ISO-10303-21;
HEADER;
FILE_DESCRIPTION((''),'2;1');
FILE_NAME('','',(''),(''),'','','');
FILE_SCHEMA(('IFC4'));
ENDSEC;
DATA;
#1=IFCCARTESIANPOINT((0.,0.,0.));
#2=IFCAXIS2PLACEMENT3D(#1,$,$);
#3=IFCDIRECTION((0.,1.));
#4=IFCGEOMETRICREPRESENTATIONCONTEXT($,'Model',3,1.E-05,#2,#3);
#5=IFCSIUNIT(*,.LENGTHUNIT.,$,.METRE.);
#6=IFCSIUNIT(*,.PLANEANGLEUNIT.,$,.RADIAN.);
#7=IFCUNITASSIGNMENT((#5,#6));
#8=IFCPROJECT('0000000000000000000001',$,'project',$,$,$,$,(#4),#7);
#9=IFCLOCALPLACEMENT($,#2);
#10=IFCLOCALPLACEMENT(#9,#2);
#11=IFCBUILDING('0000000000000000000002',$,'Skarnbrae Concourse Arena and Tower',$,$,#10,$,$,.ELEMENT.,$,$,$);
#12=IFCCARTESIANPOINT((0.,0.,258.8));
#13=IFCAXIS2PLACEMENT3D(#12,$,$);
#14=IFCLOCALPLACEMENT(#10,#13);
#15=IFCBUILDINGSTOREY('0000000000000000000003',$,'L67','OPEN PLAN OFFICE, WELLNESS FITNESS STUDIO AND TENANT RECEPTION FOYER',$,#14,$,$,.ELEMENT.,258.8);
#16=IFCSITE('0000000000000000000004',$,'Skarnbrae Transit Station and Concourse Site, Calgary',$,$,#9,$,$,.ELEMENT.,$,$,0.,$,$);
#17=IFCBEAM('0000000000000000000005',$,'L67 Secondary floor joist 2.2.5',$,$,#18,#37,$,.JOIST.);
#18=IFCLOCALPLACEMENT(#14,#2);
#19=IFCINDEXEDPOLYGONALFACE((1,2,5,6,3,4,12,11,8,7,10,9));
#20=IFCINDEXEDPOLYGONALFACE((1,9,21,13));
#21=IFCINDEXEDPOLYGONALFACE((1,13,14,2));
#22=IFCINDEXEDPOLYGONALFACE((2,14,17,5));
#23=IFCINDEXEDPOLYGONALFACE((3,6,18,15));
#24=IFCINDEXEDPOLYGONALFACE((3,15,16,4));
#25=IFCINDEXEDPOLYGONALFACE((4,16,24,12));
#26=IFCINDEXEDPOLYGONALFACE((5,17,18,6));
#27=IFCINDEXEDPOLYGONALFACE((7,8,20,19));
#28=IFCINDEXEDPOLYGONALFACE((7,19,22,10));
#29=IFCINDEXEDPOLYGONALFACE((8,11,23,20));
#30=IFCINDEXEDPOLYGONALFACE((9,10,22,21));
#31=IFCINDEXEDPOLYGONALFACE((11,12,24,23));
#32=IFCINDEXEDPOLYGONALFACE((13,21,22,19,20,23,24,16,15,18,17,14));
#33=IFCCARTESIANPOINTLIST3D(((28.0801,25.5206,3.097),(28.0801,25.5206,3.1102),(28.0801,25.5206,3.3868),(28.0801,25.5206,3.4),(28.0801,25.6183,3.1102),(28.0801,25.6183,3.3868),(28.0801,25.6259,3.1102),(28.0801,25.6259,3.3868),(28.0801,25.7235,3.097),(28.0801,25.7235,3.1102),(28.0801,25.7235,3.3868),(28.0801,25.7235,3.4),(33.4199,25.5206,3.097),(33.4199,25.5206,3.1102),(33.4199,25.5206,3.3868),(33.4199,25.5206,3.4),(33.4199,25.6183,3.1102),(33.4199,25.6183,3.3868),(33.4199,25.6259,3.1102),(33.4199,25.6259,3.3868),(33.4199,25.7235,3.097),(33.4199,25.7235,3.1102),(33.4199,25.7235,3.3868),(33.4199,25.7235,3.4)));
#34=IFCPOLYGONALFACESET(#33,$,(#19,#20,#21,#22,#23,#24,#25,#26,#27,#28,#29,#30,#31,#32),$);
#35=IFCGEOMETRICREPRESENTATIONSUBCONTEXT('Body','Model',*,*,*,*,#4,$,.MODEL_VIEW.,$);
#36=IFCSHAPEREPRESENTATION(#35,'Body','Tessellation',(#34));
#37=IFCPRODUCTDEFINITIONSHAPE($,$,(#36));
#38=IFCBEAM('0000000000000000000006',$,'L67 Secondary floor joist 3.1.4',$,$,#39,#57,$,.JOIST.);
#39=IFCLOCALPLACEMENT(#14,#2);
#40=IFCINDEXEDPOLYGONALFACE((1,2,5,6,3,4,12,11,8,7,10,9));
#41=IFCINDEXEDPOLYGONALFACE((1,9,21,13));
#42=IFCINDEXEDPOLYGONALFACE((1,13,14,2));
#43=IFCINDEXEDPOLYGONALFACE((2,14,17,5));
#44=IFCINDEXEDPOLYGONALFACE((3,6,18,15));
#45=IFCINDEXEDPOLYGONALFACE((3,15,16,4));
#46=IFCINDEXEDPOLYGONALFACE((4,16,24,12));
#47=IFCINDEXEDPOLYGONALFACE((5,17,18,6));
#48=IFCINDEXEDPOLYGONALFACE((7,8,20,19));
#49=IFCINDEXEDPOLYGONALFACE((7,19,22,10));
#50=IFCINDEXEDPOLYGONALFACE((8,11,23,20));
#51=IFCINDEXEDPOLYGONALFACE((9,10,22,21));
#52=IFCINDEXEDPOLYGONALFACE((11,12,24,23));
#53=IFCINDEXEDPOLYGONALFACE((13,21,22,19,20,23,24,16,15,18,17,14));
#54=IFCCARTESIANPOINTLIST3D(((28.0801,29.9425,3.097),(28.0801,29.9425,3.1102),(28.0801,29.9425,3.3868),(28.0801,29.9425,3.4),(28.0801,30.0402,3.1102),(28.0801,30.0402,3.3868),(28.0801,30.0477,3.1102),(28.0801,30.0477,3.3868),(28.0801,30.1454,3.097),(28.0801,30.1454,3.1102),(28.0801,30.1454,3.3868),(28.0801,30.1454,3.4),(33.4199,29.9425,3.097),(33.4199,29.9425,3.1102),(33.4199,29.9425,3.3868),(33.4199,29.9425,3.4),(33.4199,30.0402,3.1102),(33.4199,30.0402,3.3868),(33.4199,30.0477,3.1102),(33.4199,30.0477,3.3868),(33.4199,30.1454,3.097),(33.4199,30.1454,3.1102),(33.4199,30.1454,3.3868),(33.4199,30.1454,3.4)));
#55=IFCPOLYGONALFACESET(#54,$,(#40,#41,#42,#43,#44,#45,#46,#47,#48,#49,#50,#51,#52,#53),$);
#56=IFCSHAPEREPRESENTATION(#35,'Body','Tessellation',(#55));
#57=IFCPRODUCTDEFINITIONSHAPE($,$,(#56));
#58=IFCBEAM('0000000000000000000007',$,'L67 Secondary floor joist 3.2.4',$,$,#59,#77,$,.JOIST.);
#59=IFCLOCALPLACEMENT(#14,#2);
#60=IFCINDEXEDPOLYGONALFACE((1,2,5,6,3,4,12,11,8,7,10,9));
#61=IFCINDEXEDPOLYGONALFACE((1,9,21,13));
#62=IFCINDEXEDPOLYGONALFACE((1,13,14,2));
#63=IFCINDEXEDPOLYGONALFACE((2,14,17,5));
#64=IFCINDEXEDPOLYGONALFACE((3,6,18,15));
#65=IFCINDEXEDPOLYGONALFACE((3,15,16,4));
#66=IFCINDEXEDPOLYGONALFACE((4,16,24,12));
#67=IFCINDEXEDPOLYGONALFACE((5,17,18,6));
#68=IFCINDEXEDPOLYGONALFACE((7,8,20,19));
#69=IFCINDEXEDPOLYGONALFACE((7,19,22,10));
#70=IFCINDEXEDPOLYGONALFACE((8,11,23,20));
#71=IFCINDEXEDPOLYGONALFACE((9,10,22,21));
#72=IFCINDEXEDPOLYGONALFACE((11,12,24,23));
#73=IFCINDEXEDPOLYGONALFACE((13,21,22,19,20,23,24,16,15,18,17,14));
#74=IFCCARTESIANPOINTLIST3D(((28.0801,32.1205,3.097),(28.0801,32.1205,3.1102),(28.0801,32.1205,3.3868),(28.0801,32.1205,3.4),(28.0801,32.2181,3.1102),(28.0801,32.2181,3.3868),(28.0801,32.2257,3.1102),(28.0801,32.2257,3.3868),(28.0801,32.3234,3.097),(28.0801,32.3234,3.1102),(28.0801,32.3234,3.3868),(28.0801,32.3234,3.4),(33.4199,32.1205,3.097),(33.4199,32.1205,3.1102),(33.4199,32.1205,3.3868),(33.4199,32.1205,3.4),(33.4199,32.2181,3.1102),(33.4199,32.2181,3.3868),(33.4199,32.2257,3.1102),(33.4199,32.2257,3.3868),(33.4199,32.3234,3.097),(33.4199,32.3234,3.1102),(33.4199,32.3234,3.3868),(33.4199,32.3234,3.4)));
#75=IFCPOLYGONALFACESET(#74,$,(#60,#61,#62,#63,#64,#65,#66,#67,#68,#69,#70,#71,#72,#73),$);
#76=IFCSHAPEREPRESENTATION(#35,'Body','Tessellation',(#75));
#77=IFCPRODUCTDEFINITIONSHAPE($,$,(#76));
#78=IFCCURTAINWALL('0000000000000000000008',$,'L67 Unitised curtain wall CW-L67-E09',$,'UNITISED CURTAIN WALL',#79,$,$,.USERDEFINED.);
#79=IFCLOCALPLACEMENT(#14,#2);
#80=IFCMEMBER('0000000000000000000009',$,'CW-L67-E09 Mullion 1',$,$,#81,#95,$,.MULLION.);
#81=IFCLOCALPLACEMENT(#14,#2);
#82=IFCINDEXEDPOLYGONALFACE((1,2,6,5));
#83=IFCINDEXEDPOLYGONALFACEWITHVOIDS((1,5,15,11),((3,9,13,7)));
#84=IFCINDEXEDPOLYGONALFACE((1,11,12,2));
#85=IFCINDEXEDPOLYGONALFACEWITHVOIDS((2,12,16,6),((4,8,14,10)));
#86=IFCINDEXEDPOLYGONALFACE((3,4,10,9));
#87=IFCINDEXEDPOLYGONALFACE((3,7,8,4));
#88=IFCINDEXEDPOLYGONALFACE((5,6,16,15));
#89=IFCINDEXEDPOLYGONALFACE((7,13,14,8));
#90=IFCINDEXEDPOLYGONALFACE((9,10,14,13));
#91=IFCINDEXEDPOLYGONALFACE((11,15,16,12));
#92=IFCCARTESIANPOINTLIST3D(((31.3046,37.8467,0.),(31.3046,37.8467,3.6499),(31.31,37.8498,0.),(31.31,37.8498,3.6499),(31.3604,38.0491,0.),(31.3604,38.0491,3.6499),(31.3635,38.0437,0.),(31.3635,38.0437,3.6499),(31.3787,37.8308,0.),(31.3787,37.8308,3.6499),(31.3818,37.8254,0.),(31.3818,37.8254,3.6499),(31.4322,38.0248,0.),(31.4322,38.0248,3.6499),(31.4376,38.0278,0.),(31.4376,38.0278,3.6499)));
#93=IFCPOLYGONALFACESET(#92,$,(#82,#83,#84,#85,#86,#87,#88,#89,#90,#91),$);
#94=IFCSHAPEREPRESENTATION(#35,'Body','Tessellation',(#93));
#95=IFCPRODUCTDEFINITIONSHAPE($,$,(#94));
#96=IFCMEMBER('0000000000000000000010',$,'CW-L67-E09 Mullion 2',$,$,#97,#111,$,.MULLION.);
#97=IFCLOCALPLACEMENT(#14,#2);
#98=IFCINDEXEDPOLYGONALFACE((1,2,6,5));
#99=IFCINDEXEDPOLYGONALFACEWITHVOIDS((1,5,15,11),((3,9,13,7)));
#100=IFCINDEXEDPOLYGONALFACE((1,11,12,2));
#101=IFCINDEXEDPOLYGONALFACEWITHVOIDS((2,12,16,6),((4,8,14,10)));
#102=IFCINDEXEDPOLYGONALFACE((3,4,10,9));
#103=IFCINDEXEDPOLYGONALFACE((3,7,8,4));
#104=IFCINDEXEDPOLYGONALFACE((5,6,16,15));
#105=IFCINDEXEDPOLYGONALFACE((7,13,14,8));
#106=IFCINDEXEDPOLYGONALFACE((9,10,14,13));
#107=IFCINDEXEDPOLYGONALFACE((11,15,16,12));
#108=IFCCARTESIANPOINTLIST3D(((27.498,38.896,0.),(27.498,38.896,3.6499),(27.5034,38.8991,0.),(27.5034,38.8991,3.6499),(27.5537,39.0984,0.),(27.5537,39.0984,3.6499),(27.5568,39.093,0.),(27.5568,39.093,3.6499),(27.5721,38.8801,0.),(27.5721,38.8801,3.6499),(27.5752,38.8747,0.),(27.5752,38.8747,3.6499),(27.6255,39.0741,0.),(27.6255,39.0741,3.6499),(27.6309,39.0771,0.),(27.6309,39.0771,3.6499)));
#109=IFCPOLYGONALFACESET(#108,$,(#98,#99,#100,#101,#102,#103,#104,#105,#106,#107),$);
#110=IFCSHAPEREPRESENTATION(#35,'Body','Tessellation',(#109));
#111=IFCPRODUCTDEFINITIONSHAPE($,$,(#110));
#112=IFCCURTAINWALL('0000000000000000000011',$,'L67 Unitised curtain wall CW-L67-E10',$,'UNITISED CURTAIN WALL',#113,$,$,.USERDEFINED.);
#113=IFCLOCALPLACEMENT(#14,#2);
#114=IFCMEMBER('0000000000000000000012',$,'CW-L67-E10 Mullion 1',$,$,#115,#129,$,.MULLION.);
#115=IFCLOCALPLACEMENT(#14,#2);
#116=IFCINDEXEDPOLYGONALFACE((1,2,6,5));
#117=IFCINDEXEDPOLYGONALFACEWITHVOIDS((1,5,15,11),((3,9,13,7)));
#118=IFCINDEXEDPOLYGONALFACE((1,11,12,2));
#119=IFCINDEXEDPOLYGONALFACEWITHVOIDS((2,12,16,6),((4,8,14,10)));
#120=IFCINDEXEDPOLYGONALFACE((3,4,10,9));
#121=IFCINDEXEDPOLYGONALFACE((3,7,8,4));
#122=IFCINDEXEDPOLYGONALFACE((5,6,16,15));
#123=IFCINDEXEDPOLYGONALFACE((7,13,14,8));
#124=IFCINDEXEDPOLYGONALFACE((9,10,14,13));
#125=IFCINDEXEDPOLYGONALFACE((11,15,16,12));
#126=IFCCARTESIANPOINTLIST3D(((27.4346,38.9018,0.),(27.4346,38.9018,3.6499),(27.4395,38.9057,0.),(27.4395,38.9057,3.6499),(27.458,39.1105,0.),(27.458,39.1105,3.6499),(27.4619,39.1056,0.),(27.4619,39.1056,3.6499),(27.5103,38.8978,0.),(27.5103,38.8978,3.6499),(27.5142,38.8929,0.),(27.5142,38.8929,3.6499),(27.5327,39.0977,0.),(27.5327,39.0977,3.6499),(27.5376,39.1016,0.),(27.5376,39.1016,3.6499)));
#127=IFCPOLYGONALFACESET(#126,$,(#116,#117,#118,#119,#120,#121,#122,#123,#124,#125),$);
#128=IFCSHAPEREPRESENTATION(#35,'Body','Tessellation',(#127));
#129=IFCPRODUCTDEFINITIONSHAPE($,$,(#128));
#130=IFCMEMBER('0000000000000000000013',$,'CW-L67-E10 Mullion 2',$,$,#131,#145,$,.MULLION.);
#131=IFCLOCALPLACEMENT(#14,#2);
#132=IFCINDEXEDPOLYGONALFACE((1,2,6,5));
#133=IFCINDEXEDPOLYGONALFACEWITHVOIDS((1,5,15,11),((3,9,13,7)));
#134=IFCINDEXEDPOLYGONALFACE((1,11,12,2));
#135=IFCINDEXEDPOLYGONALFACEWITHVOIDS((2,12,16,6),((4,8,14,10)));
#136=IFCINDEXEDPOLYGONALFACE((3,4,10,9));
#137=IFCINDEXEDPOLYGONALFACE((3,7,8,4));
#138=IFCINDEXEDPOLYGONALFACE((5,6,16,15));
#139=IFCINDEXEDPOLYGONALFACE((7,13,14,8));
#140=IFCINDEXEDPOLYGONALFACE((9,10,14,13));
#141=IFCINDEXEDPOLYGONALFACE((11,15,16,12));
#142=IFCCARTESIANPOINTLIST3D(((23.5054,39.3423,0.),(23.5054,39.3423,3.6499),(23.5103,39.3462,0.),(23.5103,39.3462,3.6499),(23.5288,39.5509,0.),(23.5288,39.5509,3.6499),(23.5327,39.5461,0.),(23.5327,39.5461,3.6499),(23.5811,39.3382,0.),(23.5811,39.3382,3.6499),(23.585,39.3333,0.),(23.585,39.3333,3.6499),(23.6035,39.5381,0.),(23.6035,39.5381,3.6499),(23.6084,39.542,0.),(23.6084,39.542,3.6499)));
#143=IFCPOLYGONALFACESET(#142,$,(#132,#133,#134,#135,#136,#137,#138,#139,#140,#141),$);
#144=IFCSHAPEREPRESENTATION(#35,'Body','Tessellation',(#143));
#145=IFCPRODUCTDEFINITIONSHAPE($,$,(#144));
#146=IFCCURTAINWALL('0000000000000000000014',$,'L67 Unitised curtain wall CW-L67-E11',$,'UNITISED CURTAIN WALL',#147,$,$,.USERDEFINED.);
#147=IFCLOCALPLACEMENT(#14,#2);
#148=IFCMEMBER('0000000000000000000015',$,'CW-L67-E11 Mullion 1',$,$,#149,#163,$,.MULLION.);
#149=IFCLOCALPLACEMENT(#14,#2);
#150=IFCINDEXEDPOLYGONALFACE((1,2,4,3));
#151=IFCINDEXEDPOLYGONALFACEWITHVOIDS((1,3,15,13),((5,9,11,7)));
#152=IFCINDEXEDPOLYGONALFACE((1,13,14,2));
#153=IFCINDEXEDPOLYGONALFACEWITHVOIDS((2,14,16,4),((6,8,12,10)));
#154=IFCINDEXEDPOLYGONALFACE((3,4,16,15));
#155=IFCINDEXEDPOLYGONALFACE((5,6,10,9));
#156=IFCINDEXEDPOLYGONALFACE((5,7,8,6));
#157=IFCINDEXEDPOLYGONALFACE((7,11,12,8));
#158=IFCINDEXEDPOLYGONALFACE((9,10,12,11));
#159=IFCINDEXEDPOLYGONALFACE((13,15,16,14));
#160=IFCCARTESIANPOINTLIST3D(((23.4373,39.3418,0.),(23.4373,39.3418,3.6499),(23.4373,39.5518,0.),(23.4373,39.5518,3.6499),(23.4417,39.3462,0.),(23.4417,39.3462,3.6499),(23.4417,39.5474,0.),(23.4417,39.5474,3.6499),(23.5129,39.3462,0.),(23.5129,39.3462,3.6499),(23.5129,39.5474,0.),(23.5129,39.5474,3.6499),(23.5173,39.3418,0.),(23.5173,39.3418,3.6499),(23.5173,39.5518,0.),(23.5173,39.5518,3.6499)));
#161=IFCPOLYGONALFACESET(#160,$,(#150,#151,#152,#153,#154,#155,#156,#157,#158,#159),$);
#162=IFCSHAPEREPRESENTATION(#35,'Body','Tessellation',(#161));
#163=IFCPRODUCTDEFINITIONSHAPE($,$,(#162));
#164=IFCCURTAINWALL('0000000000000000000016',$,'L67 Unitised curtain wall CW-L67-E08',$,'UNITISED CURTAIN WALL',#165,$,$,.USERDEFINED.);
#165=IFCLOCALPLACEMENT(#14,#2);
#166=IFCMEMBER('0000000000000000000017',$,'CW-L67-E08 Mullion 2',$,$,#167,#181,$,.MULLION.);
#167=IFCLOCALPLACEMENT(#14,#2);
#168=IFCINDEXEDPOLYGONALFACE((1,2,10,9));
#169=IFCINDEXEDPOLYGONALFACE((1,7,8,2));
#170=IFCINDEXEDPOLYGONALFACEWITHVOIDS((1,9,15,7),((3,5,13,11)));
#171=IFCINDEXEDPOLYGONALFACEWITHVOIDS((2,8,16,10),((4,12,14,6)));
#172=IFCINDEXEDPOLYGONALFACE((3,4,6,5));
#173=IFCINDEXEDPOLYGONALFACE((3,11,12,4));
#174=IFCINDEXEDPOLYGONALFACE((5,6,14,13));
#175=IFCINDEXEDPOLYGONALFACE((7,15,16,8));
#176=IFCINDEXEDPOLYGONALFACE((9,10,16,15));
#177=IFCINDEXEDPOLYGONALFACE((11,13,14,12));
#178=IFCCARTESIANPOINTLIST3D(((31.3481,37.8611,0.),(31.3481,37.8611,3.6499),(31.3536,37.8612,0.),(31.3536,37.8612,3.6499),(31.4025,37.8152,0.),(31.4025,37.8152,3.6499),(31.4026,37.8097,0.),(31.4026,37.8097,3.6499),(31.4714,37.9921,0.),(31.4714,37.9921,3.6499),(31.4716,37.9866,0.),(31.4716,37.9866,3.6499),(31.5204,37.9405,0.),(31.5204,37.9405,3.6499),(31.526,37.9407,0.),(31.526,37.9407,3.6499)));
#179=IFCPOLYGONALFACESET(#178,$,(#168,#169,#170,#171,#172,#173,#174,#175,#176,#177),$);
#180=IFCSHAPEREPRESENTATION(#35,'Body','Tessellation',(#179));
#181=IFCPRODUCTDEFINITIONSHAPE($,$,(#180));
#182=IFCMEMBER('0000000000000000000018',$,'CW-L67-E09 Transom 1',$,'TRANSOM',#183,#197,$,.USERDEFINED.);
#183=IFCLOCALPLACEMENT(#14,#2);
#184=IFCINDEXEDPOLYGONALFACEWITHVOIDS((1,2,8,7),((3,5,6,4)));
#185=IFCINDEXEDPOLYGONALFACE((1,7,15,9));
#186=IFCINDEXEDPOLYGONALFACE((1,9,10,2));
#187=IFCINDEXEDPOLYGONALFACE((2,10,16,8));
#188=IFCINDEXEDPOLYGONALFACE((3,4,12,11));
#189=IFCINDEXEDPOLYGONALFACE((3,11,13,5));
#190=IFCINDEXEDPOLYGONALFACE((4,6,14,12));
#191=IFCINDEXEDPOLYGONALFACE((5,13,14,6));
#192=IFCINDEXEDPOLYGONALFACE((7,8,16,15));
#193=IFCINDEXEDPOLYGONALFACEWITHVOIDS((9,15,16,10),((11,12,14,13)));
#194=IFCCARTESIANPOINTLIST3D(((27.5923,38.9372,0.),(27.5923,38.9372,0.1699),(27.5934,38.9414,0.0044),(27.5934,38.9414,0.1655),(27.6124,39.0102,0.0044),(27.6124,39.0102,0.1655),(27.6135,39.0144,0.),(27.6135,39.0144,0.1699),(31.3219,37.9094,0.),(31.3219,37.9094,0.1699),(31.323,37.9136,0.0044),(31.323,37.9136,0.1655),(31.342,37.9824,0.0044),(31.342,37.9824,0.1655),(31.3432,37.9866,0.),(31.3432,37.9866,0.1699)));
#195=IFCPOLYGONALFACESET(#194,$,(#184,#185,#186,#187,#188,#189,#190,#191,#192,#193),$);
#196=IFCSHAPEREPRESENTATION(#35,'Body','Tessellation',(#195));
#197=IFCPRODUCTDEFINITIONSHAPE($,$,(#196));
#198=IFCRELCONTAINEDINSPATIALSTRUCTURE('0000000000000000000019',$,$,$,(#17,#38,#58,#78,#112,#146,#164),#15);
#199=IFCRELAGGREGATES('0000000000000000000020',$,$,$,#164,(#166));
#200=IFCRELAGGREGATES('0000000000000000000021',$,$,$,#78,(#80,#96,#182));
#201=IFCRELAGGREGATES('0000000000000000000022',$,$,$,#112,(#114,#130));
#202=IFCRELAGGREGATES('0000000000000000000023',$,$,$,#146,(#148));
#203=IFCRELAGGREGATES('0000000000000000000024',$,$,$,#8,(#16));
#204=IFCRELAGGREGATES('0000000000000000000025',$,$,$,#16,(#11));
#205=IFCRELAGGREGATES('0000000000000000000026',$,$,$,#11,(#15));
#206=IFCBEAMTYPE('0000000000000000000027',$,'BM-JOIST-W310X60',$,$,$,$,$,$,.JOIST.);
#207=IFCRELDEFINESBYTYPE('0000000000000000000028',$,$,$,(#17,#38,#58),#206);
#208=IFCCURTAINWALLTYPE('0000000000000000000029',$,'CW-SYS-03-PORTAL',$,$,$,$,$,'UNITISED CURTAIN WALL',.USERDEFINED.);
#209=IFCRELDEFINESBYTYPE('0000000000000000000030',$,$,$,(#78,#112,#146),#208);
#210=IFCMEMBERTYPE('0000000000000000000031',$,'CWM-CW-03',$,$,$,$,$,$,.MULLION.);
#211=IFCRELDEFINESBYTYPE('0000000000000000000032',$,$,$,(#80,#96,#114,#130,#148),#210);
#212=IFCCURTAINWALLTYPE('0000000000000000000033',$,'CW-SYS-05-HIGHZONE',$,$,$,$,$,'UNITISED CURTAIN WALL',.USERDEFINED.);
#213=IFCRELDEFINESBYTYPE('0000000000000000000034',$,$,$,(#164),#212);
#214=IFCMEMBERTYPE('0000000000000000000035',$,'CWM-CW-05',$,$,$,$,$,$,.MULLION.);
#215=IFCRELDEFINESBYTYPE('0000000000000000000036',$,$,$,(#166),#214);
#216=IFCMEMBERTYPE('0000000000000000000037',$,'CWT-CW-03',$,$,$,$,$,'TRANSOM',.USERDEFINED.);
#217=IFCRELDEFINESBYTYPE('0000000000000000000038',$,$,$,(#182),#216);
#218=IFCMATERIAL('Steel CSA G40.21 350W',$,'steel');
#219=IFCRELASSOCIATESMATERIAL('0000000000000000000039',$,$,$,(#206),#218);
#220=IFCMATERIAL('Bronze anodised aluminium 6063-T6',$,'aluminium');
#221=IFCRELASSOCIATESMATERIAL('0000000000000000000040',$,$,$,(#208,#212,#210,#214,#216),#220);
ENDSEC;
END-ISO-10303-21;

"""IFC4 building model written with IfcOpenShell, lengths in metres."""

from ifc_helpers import new_model, si_unit, direction, frame, origin, origin_2d, place, context, subcontext, project, spatial, hollow_rectangle, i_section, extrude, source, transform, mapped, material, material_profile, profile_set, type_object, element, aggregate, save


model = new_model("IFC4")

# Units and contexts
model_context = context("Model", 3, precision=1e-05, world=origin(), true_north=direction((0.0, 1.0)))
body_context = subcontext(model_context, "Body", "Model", "MODEL_VIEW")
ifc_project = project(units=[si_unit("LENGTHUNIT", "METRE"), si_unit("PLANEANGLEUNIT", "RADIAN")], contexts=[model_context])

# Site, building, storey
site_placement = place(None, origin())
site = spatial("IfcSite", under=ifc_project, at=site_placement, Name="Skarnbrae Transit Station and Concourse Site, Calgary", CompositionType="ELEMENT", RefElevation=0.0)
building_placement = place(site_placement, origin())
building = spatial("IfcBuilding", under=site, at=building_placement, Name="Skarnbrae Concourse Arena and Tower", CompositionType="ELEMENT")
storey_placement = place(building_placement, frame((0.0, 0.0, 258.8)))
storey = spatial("IfcBuildingStorey", under=building, at=storey_placement, Name="L67", Description="OPEN PLAN OFFICE, WELLNESS FITNESS STUDIO AND TENANT RECEPTION FOYER", CompositionType="ELEMENT", Elevation=258.8)

# Shared definitions
ifc_material_1 = material(Name="Steel CSA G40.21 350W", Category="steel")

# Beams
ifc_material_profile_1 = material_profile(ifc_material_1, i_section(OverallWidth=0.2029, OverallDepth=0.303, WebThickness=0.0076, FlangeThickness=0.0132, at=origin_2d()), Name="W310X60")
ifc_profile_set_1 = profile_set([ifc_material_profile_1], Name="Steel CSA G40.21 350W")
beam_type_1 = type_object("IfcBeamType", Name="BM-JOIST-W310X60", PredefinedType="JOIST", material=ifc_profile_set_1)
shared_shape_1 = source(origin(), body_context, "Body", "SweptSolid", [
    extrude(i_section(OverallWidth=0.2029, OverallDepth=0.303, WebThickness=0.0076, FlangeThickness=0.0132, at=origin_2d()), origin(), (0.0, 0.0, 1.0), 5.3398),
])
for number, where, z_axis, x_axis, name in (
    (1, (28.0801, 25.6221, 3.2485), (1.0, 0.0, 0.0), (0.0, 1.0, 0.0), "L67 Secondary floor joist 2.2.5"),
    (2, (28.0801, 30.0439, 3.2485), (1.0, 0.0, 0.0), (0.0, 1.0, 0.0), "L67 Secondary floor joist 3.1.4"),
    (3, (28.0801, 32.2219, 3.2485), (1.0, 0.0, 0.0), (0.0, 1.0, 0.0), "L67 Secondary floor joist 3.2.4"),
):
    element("IfcBeam", number, at=place(storey_placement, frame(where, z_axis=z_axis, x_axis=x_axis)), inside=storey, type_object=beam_type_1, Name=name, PredefinedType="JOIST", context=body_context, shape_type="MappedRepresentation", body=[
        mapped(shared_shape_1, transform((0.0, 0.0, 0.0))),
    ])

# Curtain walls, members
ifc_material_2 = material(Name="Bronze anodised aluminium 6063-T6", Category="aluminium")
curtain_wall_type_1 = type_object("IfcCurtainWallType", Name="CW-SYS-03-PORTAL", ElementType="UNITISED CURTAIN WALL", PredefinedType="USERDEFINED", material=ifc_material_2)
curtain_wall_1_placement = place(storey_placement, origin())
curtain_wall_1 = element("IfcCurtainWall", 4, at=curtain_wall_1_placement, inside=storey, type_object=curtain_wall_type_1, Name="L67 Unitised curtain wall CW-L67-E09", ObjectType="UNITISED CURTAIN WALL", PredefinedType="USERDEFINED")
ifc_material_profile_2 = material_profile(ifc_material_2, hollow_rectangle(XDim=0.0801, YDim=0.21, WallThickness=0.0044, at=origin_2d()), Name="ALU-MULL-80X210")
ifc_profile_set_2 = profile_set([ifc_material_profile_2], Name="Bronze anodised aluminium 6063-T6")
member_type_1 = type_object("IfcMemberType", Name="CWM-CW-03", PredefinedType="MULLION", material=ifc_profile_set_2)
shared_shape_2 = source(origin(), body_context, "Body", "SweptSolid", [
    extrude(hollow_rectangle(XDim=0.0801, YDim=0.21, WallThickness=0.0044, at=origin_2d()), origin(), (0.0, 0.0, 1.0), 3.6499),
])
member_1_placement = place(storey_placement, frame((31.3711, 37.9373, 0.0), z_axis=(0.0, 0.0, 1.0), x_axis=(-0.964057, 0.265694, 0.0)))
member_1 = element("IfcMember", 5, at=member_1_placement, type_object=member_type_1, Name="CW-L67-E09 Mullion 1", PredefinedType="MULLION", context=body_context, shape_type="MappedRepresentation", body=[
    mapped(shared_shape_2, transform((0.0, 0.0, 0.0))),
])
member_2_placement = place(storey_placement, frame((27.5645, 38.9866, 0.0), z_axis=(0.0, 0.0, 1.0), x_axis=(-0.964057, 0.265694, 0.0)))
member_2 = element("IfcMember", 6, at=member_2_placement, type_object=member_type_1, Name="CW-L67-E09 Mullion 2", PredefinedType="MULLION", context=body_context, shape_type="MappedRepresentation", body=[
    mapped(shared_shape_2, transform((0.0, 0.0, 0.0))),
])
curtain_wall_2_placement = place(storey_placement, origin())
curtain_wall_2 = element("IfcCurtainWall", 7, at=curtain_wall_2_placement, inside=storey, type_object=curtain_wall_type_1, Name="L67 Unitised curtain wall CW-L67-E10", ObjectType="UNITISED CURTAIN WALL", PredefinedType="USERDEFINED")
member_3_placement = place(storey_placement, frame((27.4861, 39.0017, 0.0), z_axis=(0.0, 0.0, 1.0), x_axis=(-0.993769, 0.11146, 0.0)))
member_3 = element("IfcMember", 8, at=member_3_placement, type_object=member_type_1, Name="CW-L67-E10 Mullion 1", PredefinedType="MULLION", context=body_context, shape_type="MappedRepresentation", body=[
    mapped(shared_shape_2, transform((0.0, 0.0, 0.0))),
])
member_4_placement = place(storey_placement, frame((23.5569, 39.4421, 0.0), z_axis=(0.0, 0.0, 1.0), x_axis=(-0.993769, 0.11146, 0.0)))
member_4 = element("IfcMember", 9, at=member_4_placement, type_object=member_type_1, Name="CW-L67-E10 Mullion 2", PredefinedType="MULLION", context=body_context, shape_type="MappedRepresentation", body=[
    mapped(shared_shape_2, transform((0.0, 0.0, 0.0))),
])

# Curtain walls, members
curtain_wall_3_placement = place(storey_placement, origin())
curtain_wall_3 = element("IfcCurtainWall", 10, at=curtain_wall_3_placement, inside=storey, type_object=curtain_wall_type_1, Name="L67 Unitised curtain wall CW-L67-E11", ObjectType="UNITISED CURTAIN WALL", PredefinedType="USERDEFINED")
member_5_placement = place(storey_placement, frame((23.4773, 39.4468, 0.0), z_axis=(0.0, 0.0, 1.0), x_axis=(-1.0, 0.0, 0.0)))
member_5 = element("IfcMember", 11, at=member_5_placement, type_object=member_type_1, Name="CW-L67-E11 Mullion 1", PredefinedType="MULLION", context=body_context, shape_type="MappedRepresentation", body=[
    mapped(shared_shape_2, transform((0.0, 0.0, 0.0))),
])
curtain_wall_type_2 = type_object("IfcCurtainWallType", Name="CW-SYS-05-HIGHZONE", ElementType="UNITISED CURTAIN WALL", PredefinedType="USERDEFINED", material=ifc_material_2)
curtain_wall_4_placement = place(storey_placement, origin())
curtain_wall_4 = element("IfcCurtainWall", 12, at=curtain_wall_4_placement, inside=storey, type_object=curtain_wall_type_2, Name="L67 Unitised curtain wall CW-L67-E08", ObjectType="UNITISED CURTAIN WALL", PredefinedType="USERDEFINED")
ifc_material_profile_3 = material_profile(ifc_material_2, hollow_rectangle(XDim=0.075, YDim=0.1799, WallThickness=0.0039, at=origin_2d()), Name="ALU-MULL-75X180")
ifc_profile_set_3 = profile_set([ifc_material_profile_3], Name="Bronze anodised aluminium 6063-T6")
member_type_2 = type_object("IfcMemberType", Name="CWM-CW-05", PredefinedType="MULLION", material=ifc_profile_set_3)
shared_shape_3 = source(origin(), body_context, "Body", "SweptSolid", [
    extrude(hollow_rectangle(XDim=0.075, YDim=0.1799, WallThickness=0.0039, at=origin_2d()), origin(), (0.0, 0.0, 1.0), 3.6499),
])
member_6_placement = place(storey_placement, frame((31.437, 37.9009, 0.0), z_axis=(0.0, 0.0, 1.0), x_axis=(-0.728131, 0.685438, 0.0)))
member_6 = element("IfcMember", 13, at=member_6_placement, type_object=member_type_2, Name="CW-L67-E08 Mullion 2", PredefinedType="MULLION", context=body_context, shape_type="MappedRepresentation", body=[
    mapped(shared_shape_3, transform((0.0, 0.0, 0.0))),
])
aggregate(curtain_wall_4, [member_6])

# Member
ifc_material_profile_4 = material_profile(ifc_material_2, hollow_rectangle(XDim=0.0801, YDim=0.1699, WallThickness=0.0044, at=origin_2d()), Name="ALU-TRAN-80X170")
ifc_profile_set_4 = profile_set([ifc_material_profile_4], Name="Bronze anodised aluminium 6063-T6")
member_type_3 = type_object("IfcMemberType", Name="CWT-CW-03", ElementType="TRANSOM", PredefinedType="USERDEFINED", material=ifc_profile_set_4)
shared_shape_4 = source(origin(), body_context, "Body", "SweptSolid", [
    extrude(hollow_rectangle(XDim=0.0801, YDim=0.1699, WallThickness=0.0044, at=origin_2d()), origin(), (0.0, 0.0, 1.0), 3.8687),
])
member_7_placement = place(storey_placement, frame((31.3325, 37.948, 0.085), z_axis=(-0.964063, 0.265674, 0.0), x_axis=(-0.265674, -0.964063, 0.0)))
member_7 = element("IfcMember", 14, at=member_7_placement, type_object=member_type_3, Name="CW-L67-E09 Transom 1", ObjectType="TRANSOM", PredefinedType="USERDEFINED", context=body_context, shape_type="MappedRepresentation", body=[
    mapped(shared_shape_4, transform((0.0, 0.0, 0.0))),
])

aggregate(curtain_wall_1, [member_1, member_2, member_7])
aggregate(curtain_wall_2, [member_3, member_4])
aggregate(curtain_wall_3, [member_5])

save(model, "model.ifc")
